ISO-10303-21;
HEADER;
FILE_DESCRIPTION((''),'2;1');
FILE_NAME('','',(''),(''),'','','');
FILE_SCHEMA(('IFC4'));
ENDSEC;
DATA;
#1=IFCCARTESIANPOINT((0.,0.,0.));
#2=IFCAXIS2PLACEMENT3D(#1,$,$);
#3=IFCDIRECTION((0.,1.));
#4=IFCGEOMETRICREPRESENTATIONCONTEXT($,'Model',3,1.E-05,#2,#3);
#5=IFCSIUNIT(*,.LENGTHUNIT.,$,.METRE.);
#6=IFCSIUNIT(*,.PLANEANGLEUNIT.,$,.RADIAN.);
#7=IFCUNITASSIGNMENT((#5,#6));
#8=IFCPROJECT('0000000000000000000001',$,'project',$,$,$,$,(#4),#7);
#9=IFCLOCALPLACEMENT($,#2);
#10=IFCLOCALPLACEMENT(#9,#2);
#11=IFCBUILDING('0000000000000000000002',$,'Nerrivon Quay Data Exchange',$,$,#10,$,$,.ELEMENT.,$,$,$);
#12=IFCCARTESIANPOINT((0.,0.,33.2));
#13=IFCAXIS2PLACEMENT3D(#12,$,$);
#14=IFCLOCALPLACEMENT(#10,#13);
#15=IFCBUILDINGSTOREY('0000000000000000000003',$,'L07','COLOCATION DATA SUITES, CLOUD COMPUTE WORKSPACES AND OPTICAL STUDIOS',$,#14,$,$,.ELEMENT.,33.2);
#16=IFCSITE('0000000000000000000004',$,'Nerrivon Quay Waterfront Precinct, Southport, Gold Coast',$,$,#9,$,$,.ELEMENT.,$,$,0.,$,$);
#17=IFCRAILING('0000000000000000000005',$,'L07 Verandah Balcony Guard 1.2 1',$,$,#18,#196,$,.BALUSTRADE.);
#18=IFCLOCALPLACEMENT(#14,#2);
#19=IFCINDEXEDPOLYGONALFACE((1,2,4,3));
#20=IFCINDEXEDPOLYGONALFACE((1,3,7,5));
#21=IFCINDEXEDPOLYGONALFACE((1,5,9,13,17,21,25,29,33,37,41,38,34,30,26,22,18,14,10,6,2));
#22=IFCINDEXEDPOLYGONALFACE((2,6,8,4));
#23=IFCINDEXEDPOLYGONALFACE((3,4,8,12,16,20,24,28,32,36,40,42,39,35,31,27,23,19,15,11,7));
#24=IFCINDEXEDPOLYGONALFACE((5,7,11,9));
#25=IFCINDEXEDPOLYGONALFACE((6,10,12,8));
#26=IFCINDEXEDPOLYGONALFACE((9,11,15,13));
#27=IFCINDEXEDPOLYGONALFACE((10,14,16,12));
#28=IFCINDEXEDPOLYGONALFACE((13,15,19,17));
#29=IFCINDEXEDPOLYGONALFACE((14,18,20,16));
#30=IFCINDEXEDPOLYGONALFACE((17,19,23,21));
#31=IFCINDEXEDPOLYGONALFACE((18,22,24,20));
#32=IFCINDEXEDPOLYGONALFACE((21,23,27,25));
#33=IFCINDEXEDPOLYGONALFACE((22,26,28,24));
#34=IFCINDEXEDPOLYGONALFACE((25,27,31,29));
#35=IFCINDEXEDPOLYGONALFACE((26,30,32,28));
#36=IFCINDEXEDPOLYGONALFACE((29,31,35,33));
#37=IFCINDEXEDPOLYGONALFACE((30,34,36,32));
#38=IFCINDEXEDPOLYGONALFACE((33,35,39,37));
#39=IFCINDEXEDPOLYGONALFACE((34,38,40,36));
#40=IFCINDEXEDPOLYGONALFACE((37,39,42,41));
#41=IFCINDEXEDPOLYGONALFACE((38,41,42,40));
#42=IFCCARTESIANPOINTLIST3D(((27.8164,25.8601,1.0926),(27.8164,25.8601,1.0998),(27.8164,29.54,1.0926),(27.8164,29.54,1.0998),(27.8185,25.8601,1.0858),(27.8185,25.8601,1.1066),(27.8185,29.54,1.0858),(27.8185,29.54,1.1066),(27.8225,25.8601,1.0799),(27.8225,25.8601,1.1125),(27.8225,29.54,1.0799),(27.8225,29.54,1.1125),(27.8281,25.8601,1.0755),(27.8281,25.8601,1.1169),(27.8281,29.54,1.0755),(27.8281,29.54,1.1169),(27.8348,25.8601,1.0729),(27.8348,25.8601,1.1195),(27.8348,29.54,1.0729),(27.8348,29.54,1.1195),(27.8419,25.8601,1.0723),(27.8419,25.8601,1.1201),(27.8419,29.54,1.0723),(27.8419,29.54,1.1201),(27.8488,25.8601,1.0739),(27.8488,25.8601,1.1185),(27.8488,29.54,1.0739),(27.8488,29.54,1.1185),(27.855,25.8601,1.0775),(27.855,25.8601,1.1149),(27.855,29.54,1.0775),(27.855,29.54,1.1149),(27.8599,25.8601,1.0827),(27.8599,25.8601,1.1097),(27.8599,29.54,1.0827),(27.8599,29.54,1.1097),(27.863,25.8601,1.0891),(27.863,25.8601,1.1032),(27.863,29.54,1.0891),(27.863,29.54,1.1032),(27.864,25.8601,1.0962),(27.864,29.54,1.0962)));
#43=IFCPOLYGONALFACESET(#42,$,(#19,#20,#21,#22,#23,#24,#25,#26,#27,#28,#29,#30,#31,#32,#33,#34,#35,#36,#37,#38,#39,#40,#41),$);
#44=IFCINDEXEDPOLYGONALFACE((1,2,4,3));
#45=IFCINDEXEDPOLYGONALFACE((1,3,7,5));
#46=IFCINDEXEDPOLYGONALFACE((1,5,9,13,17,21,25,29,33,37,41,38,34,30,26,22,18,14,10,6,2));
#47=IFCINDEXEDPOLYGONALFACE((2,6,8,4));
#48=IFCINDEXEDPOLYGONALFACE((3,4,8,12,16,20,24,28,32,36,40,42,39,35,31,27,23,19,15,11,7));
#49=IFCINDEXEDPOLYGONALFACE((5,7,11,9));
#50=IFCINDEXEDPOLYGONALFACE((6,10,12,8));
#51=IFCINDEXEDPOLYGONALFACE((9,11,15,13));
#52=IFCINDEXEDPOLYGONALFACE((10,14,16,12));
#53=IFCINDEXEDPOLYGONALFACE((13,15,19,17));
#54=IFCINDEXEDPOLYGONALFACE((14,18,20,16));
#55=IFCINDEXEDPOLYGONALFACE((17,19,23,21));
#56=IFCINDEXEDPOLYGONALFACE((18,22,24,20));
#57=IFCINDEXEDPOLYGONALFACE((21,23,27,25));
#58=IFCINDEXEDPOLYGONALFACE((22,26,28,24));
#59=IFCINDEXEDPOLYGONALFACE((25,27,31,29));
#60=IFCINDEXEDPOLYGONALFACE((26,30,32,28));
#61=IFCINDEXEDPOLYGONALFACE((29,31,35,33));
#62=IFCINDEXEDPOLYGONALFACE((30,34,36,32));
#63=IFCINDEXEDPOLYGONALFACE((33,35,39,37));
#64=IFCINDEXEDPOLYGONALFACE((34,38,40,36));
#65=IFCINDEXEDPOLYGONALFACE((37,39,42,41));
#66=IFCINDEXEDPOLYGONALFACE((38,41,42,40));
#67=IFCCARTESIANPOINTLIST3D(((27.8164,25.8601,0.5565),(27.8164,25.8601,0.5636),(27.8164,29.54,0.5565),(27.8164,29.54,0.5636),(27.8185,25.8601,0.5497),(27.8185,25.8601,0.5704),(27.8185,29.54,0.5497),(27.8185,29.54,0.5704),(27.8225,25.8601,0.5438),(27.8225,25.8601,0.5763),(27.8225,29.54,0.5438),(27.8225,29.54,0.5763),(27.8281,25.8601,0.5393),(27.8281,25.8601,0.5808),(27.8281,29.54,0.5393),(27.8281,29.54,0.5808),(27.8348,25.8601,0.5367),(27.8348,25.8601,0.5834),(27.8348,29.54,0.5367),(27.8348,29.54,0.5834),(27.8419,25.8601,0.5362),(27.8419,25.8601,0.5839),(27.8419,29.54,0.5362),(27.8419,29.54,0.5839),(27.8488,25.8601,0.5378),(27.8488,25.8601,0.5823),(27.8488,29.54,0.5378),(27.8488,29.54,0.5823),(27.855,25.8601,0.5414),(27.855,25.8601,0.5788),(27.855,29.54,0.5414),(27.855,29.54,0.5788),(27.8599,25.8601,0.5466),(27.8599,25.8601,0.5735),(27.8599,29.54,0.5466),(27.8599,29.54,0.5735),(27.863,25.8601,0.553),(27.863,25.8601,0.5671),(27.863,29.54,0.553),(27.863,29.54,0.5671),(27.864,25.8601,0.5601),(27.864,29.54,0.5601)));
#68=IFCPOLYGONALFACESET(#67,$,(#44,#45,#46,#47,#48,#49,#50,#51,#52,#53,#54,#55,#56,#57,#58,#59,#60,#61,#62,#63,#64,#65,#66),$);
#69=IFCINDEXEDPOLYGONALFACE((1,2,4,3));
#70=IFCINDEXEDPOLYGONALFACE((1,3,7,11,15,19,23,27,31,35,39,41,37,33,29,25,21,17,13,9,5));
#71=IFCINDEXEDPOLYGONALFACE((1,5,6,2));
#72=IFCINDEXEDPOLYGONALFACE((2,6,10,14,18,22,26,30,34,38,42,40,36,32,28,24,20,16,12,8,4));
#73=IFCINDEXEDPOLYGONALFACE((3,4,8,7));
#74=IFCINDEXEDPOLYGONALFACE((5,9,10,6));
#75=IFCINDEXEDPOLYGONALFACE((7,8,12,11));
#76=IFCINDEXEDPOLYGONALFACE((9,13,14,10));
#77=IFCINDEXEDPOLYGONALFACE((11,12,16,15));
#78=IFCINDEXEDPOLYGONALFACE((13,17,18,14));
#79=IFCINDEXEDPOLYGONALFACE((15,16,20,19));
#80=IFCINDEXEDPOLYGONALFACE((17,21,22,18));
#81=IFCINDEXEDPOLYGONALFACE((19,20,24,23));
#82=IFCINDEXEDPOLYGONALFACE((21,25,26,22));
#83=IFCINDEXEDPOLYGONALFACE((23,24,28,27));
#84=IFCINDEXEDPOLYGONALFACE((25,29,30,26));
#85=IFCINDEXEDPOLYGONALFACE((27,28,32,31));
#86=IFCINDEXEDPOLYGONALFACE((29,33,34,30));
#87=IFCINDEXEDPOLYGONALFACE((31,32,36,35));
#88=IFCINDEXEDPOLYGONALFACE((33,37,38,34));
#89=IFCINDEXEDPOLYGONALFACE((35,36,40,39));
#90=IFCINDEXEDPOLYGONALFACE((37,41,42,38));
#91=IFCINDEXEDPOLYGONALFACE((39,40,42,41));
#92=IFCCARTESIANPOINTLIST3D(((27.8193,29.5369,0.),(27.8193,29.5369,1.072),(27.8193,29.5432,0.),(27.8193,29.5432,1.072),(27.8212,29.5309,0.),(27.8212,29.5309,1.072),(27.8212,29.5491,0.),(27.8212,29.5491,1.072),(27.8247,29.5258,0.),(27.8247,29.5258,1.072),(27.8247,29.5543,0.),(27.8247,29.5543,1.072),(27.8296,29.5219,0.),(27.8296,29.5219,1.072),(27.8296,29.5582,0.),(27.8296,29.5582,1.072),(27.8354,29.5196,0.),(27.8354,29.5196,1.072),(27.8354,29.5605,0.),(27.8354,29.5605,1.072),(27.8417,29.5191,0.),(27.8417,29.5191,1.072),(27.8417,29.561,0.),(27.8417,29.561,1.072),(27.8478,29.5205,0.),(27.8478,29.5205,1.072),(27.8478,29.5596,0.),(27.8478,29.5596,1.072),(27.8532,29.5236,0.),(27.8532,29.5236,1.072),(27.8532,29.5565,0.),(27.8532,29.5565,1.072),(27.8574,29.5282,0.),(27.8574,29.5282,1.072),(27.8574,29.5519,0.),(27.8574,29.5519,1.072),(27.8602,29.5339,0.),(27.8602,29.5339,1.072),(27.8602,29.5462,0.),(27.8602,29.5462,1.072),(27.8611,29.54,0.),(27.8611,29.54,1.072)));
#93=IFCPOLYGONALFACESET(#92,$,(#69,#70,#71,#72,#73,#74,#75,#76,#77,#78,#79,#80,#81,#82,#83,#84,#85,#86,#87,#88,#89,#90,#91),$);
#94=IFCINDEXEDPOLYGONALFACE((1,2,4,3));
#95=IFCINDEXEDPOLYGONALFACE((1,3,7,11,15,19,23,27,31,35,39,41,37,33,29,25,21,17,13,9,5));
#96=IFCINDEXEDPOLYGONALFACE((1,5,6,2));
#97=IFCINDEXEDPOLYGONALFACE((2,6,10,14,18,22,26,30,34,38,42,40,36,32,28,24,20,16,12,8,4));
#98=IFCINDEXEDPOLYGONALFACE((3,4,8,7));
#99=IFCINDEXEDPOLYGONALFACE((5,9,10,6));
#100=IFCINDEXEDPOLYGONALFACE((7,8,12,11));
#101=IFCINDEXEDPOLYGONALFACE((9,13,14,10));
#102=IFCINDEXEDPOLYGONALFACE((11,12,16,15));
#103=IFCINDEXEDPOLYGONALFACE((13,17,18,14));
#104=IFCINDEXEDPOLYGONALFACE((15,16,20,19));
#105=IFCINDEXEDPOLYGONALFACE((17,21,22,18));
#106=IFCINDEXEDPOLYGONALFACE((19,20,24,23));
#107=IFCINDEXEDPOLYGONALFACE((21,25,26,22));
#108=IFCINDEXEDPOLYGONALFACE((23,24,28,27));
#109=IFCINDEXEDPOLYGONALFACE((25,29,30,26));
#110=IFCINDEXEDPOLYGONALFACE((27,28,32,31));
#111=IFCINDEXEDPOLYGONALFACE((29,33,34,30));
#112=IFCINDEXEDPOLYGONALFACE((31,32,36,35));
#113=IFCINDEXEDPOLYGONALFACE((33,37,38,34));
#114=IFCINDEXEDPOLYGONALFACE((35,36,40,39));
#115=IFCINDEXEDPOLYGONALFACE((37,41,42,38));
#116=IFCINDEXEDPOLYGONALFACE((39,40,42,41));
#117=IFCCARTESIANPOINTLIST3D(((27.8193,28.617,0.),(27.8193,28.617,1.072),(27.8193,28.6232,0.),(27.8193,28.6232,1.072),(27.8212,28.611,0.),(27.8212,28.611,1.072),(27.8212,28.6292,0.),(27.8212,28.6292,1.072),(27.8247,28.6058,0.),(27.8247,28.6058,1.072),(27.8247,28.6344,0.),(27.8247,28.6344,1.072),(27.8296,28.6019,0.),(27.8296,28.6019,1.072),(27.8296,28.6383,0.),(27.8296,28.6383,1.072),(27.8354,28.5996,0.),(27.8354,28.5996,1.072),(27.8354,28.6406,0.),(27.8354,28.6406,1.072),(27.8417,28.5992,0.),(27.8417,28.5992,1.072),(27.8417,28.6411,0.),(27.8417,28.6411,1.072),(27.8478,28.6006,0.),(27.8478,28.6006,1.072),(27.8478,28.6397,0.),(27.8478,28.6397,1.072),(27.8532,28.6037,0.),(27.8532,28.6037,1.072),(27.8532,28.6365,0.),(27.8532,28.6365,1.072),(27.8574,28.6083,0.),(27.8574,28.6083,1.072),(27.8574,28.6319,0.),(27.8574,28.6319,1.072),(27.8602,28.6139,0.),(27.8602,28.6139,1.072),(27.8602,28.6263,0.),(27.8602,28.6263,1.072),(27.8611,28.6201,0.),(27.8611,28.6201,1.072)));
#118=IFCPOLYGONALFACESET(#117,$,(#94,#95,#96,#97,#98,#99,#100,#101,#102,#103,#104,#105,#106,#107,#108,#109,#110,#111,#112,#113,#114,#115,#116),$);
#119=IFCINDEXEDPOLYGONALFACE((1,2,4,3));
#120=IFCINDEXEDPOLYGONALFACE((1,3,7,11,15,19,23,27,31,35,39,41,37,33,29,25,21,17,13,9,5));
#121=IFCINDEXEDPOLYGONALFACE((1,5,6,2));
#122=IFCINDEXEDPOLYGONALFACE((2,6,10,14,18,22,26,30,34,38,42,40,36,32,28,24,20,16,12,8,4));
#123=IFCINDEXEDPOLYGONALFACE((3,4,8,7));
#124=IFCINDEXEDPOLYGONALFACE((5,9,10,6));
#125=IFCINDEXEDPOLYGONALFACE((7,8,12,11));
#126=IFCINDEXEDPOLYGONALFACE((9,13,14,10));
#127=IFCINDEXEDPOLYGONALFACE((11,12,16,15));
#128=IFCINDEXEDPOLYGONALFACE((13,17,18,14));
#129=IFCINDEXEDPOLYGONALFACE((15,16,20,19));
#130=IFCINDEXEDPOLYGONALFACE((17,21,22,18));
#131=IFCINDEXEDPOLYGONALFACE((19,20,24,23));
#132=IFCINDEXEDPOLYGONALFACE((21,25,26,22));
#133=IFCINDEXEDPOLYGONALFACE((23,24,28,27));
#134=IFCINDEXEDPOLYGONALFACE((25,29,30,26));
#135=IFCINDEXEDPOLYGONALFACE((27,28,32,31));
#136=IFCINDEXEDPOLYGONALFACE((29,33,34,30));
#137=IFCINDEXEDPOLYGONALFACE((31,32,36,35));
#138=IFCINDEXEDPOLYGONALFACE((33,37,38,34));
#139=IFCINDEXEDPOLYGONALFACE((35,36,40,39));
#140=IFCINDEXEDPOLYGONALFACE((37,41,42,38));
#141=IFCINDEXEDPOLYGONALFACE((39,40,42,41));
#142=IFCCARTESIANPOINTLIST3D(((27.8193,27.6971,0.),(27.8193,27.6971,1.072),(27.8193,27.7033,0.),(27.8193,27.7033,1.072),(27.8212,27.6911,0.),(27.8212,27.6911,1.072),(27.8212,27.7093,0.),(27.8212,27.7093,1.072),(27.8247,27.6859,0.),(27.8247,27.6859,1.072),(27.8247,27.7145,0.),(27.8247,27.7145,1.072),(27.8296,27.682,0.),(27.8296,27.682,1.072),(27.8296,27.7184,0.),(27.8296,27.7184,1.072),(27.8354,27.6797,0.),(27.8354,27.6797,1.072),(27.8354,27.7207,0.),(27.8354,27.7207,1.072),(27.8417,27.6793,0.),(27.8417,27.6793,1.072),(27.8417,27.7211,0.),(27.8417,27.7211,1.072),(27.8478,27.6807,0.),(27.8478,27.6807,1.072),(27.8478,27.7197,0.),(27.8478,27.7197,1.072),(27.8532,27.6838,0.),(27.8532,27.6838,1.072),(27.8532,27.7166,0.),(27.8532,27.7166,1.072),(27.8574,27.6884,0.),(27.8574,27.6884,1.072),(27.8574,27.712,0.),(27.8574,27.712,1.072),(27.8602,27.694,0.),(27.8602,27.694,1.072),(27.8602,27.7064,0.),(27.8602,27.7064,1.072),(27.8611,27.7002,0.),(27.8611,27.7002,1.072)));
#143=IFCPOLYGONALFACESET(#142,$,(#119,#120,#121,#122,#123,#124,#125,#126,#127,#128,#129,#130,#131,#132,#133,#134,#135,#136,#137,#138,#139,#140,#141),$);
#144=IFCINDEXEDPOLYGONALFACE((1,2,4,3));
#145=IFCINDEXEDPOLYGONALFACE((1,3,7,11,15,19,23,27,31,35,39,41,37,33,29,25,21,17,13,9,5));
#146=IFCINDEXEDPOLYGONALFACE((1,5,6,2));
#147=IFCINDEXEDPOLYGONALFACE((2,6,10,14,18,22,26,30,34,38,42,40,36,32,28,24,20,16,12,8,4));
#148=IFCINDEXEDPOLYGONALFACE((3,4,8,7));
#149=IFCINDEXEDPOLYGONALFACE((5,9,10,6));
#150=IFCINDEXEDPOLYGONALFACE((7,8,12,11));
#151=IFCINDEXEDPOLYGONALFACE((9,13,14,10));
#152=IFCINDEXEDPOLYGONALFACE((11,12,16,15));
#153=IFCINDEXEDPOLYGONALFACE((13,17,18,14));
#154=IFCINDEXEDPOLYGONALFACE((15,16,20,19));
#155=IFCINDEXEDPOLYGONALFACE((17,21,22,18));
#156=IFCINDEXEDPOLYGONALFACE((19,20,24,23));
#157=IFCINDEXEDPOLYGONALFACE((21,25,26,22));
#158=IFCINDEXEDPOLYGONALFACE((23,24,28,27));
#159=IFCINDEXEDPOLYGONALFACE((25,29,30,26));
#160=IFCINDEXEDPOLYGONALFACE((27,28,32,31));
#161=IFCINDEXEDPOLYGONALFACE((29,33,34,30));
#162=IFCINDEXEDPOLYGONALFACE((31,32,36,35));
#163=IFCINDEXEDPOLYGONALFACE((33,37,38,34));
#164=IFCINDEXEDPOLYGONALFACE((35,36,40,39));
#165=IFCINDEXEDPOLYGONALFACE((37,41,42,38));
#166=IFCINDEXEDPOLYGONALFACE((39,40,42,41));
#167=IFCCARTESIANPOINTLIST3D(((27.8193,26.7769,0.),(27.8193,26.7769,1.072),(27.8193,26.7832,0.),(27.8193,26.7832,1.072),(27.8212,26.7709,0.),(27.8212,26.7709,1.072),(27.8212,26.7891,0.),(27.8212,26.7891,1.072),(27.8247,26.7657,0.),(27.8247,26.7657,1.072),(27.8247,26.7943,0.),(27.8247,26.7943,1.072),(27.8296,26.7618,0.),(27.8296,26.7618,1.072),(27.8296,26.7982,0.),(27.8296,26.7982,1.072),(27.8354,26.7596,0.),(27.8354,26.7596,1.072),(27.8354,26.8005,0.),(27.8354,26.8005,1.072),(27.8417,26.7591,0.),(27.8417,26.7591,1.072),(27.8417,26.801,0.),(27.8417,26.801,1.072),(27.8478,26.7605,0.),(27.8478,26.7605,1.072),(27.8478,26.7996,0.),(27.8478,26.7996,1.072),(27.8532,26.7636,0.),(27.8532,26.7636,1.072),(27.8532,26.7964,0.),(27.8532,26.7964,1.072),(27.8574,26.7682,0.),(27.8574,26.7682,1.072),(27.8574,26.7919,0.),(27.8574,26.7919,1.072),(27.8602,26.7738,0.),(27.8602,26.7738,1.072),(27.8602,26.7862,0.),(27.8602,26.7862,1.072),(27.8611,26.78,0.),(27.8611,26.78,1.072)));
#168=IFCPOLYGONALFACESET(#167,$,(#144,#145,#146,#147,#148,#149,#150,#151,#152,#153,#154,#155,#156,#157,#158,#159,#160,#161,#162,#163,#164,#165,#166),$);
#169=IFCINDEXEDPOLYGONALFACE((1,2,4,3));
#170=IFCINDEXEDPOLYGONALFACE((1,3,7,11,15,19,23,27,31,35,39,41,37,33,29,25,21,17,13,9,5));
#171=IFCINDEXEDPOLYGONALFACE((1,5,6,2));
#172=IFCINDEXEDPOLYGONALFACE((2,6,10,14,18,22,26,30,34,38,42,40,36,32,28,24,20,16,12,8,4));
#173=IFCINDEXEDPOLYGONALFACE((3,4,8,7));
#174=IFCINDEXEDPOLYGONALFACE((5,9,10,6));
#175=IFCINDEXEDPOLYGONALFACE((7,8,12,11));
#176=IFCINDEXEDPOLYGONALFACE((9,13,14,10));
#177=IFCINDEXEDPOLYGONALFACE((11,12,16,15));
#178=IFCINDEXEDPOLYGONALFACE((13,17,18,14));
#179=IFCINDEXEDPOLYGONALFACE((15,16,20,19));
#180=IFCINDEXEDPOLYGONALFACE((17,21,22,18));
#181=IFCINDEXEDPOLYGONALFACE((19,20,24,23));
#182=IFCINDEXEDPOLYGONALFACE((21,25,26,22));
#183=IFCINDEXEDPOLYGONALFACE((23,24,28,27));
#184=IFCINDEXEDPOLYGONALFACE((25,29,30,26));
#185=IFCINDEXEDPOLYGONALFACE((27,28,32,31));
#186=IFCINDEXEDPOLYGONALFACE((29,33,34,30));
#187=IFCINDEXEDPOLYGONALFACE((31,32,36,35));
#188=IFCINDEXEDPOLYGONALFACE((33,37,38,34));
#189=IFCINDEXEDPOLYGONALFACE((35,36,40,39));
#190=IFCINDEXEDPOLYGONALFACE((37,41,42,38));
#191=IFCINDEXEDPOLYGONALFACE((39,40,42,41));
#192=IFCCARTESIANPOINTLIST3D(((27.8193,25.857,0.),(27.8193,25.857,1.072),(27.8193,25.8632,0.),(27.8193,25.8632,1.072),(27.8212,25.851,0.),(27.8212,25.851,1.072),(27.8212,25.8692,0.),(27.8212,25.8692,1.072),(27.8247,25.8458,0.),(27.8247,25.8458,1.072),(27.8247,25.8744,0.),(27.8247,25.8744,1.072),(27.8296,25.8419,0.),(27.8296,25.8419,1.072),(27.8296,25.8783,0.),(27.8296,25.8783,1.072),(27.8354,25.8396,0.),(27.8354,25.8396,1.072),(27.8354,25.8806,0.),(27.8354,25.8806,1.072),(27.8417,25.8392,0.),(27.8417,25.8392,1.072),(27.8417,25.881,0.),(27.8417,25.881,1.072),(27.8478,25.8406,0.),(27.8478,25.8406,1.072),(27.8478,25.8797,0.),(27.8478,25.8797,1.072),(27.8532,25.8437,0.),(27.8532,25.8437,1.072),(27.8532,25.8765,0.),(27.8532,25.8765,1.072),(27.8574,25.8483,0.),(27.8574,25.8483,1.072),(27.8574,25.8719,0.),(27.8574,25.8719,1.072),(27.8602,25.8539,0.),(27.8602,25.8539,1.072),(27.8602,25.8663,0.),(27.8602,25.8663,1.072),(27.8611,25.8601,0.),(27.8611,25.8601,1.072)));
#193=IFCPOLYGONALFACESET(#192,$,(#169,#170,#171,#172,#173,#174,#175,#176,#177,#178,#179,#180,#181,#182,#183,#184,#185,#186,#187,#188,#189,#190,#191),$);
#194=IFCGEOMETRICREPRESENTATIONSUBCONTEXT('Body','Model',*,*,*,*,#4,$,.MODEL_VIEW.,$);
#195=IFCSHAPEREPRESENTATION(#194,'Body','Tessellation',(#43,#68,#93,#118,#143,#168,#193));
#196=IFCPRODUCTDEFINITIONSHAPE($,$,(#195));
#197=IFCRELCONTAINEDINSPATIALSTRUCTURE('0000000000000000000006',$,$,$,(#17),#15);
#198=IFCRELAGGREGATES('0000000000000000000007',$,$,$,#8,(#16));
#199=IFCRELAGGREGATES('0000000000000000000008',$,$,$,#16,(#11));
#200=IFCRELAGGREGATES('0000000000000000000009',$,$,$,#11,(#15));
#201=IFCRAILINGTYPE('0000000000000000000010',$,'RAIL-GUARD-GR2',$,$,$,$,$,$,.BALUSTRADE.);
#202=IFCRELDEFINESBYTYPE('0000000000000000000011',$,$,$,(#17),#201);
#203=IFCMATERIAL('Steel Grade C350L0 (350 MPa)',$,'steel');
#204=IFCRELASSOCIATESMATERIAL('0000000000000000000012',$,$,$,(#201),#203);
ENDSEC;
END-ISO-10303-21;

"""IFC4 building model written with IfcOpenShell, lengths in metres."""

from ifc_helpers import new_model, si_unit, direction, frame, origin, origin_2d, place, context, subcontext, project, spatial, circle, extrude, material, type_object, element, save


model = new_model("IFC4")

# Units and contexts
model_context = context("Model", 3, precision=1e-05, world=origin(), true_north=direction((0.0, 1.0)))
body_context = subcontext(model_context, "Body", "Model", "MODEL_VIEW")
ifc_project = project(units=[si_unit("LENGTHUNIT", "METRE"), si_unit("PLANEANGLEUNIT", "RADIAN")], contexts=[model_context])

# Site, building, storey
site_placement = place(None, origin())
site = spatial("IfcSite", under=ifc_project, at=site_placement, Name="Nerrivon Quay Waterfront Precinct, Southport, Gold Coast", CompositionType="ELEMENT", RefElevation=0.0)
building_placement = place(site_placement, origin())
building = spatial("IfcBuilding", under=site, at=building_placement, Name="Nerrivon Quay Data Exchange", CompositionType="ELEMENT")
storey_placement = place(building_placement, frame((0.0, 0.0, 33.2)))
storey = spatial("IfcBuildingStorey", under=building, at=storey_placement, Name="L07", Description="COLOCATION DATA SUITES, CLOUD COMPUTE WORKSPACES AND OPTICAL STUDIOS", CompositionType="ELEMENT", Elevation=33.2)

# Railing
ifc_material_1 = material(Name="Steel Grade C350L0 (350 MPa)", Category="steel")
railing_type = type_object("IfcRailingType", Name="RAIL-GUARD-GR2", PredefinedType="BALUSTRADE", material=ifc_material_1)
railing_1_placement = place(storey_placement, frame((27.8401, 29.54, 0.0)))
element("IfcRailing", 1, at=railing_1_placement, inside=storey, type_object=railing_type, Name="L07 Verandah Balcony Guard 1.2 1", PredefinedType="BALUSTRADE", context=body_context, shape_type="SweptSolid", body=[
    extrude(circle(Radius=0.0239, at=origin_2d()), frame((0.0, 0.0, 1.0962), z_axis=(0.0, -1.0, 0.0), x_axis=(1.0, 0.0, 0.0)), (0.0, 0.0, 1.0), 3.6799),
    extrude(circle(Radius=0.0239, at=origin_2d()), frame((0.0, 0.0, 0.5601), z_axis=(0.0, -1.0, 0.0), x_axis=(1.0, 0.0, 0.0)), (0.0, 0.0, 1.0), 3.6799),
    extrude(circle(Radius=0.021, at=origin_2d()), origin(), (0.0, 0.0, 1.0), 1.072),
    extrude(circle(Radius=0.021, at=origin_2d()), frame((0.0, -0.9199, 0.0)), (0.0, 0.0, 1.0), 1.072),
    extrude(circle(Radius=0.021, at=origin_2d()), frame((0.0, -1.8398, 0.0)), (0.0, 0.0, 1.0), 1.072),
    extrude(circle(Radius=0.021, at=origin_2d()), frame((0.0, -2.76, 0.0)), (0.0, 0.0, 1.0), 1.072),
    extrude(circle(Radius=0.021, at=origin_2d()), frame((0.0, -3.6799, 0.0)), (0.0, 0.0, 1.0), 1.072),
])

save(model, "model.ifc")
